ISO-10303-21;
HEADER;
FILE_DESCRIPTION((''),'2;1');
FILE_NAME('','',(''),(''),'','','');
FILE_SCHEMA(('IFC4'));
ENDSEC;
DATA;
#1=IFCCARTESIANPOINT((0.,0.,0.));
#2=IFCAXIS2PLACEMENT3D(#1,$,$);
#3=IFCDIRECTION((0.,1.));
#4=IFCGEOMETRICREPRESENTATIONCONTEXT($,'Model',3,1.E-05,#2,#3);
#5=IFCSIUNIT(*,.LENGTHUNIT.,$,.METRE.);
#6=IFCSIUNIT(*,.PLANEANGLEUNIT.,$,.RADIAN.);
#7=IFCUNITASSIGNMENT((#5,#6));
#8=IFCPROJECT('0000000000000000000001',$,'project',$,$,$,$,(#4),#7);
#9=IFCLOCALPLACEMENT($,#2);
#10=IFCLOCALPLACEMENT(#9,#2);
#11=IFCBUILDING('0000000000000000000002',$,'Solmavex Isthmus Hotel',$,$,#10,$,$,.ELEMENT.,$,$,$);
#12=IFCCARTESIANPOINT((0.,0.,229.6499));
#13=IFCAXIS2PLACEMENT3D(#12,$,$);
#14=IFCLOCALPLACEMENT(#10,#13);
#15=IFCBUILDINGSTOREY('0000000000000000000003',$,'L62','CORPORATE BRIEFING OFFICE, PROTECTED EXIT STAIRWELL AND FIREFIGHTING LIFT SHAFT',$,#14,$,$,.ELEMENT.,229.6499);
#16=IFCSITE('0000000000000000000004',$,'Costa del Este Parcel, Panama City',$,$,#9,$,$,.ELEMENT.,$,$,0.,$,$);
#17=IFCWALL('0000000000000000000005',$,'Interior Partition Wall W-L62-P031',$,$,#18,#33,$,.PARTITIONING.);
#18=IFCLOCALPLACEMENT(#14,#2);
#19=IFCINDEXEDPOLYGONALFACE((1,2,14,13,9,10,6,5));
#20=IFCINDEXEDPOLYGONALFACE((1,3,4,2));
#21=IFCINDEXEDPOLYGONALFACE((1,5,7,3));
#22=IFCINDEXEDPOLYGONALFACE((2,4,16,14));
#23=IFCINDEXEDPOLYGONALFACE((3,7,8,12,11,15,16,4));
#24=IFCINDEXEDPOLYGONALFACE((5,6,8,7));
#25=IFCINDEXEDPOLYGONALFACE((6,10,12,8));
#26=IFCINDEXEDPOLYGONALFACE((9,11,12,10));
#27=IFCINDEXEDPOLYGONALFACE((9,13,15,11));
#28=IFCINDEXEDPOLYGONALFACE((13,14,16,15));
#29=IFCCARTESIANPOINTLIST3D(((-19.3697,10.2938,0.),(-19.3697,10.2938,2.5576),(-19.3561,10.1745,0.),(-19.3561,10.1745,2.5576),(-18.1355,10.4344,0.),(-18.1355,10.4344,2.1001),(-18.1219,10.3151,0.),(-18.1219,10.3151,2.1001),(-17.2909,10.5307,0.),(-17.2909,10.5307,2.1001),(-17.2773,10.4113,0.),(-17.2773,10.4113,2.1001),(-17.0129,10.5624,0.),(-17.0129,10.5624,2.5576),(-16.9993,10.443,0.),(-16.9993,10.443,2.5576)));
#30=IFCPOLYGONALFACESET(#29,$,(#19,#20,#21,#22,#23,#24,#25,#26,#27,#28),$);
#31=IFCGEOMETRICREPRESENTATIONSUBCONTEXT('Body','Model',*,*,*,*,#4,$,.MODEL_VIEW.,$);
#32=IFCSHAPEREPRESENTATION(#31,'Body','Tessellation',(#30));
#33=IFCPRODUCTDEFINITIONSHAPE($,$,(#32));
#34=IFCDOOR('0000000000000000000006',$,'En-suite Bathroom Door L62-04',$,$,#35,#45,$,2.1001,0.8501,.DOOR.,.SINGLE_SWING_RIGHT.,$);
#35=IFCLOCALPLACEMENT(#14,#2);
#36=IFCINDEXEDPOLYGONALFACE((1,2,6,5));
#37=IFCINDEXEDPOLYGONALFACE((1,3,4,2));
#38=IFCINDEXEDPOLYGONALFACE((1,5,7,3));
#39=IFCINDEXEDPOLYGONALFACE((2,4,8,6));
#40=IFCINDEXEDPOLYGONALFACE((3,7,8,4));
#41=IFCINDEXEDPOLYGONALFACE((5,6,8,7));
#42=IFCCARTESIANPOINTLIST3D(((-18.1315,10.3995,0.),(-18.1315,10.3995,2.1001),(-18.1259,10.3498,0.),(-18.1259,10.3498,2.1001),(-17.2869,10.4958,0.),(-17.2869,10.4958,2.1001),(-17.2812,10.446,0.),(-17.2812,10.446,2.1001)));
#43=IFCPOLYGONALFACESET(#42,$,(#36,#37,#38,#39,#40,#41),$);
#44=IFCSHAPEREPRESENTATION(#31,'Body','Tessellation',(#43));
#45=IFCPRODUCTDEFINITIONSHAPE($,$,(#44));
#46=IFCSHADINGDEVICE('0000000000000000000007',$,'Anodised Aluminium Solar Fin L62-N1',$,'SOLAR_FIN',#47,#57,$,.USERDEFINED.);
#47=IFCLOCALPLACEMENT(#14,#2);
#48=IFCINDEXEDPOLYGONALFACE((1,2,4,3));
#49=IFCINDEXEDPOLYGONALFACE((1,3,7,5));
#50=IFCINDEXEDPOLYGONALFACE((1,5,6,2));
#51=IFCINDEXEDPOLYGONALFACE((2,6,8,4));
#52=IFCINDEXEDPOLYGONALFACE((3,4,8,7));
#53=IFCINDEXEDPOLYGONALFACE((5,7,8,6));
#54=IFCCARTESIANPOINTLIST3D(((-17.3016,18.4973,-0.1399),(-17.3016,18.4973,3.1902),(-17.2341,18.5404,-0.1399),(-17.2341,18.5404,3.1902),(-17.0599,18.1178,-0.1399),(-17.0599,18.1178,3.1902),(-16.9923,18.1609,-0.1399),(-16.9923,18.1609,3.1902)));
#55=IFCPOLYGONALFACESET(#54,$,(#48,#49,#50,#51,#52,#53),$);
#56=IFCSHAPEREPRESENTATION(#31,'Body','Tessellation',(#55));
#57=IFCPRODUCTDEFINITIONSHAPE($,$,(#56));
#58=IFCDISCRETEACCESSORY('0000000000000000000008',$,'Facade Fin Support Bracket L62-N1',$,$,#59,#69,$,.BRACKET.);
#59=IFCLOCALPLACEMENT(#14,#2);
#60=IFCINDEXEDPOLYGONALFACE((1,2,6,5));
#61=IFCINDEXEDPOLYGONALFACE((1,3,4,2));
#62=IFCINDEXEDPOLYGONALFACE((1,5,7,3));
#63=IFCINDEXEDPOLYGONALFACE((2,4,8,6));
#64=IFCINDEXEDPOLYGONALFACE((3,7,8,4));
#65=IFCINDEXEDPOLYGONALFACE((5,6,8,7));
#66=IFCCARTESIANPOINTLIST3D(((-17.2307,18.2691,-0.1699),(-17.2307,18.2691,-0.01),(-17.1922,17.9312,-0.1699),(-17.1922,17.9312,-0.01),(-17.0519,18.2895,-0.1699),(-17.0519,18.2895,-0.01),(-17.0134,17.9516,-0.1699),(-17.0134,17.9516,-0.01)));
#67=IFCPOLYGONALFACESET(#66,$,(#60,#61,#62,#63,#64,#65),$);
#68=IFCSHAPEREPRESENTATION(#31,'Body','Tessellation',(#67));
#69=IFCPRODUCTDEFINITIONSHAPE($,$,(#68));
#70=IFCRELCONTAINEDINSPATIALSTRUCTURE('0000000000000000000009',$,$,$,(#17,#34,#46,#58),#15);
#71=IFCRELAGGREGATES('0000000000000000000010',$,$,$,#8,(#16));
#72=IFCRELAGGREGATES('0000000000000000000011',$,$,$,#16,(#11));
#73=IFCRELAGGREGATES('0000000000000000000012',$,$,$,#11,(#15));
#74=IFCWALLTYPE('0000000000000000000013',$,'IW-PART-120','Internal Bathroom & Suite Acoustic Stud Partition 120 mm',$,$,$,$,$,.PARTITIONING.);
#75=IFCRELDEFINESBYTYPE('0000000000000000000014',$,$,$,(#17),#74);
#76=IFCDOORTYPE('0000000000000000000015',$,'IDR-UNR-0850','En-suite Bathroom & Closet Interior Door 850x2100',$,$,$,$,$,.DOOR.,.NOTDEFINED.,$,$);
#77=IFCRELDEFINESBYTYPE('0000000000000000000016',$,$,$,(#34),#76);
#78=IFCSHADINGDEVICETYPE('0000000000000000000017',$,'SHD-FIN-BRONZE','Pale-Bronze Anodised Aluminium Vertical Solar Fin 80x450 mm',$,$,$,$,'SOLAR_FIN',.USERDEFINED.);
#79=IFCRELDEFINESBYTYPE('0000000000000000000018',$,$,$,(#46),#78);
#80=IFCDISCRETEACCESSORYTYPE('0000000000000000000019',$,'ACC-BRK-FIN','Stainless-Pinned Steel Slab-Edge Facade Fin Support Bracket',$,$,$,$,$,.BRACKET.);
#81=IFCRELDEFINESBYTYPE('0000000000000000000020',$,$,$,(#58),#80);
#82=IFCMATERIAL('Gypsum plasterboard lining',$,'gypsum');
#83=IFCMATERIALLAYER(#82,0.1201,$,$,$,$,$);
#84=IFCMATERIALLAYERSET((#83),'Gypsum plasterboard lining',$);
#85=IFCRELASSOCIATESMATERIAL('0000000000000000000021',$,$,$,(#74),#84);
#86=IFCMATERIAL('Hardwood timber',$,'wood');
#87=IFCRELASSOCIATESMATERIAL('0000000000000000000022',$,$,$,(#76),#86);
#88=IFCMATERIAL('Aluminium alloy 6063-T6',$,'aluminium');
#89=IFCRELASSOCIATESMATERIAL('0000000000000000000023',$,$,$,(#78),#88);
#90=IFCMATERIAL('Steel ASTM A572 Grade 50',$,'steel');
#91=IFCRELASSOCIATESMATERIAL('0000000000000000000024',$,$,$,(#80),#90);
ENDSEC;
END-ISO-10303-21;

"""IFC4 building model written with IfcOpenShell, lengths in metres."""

from ifc_helpers import new_model, si_unit, direction, frame, frame_2d, origin, origin_2d, place, context, subcontext, project, spatial, rectangle, extrude, material, layer, layer_set, type_object, element, fill, save


model = new_model("IFC4")

# Units and contexts
model_context = context("Model", 3, precision=1e-05, world=origin(), true_north=direction((0.0, 1.0)))
body_context = subcontext(model_context, "Body", "Model", "MODEL_VIEW")
ifc_project = project(units=[si_unit("LENGTHUNIT", "METRE"), si_unit("PLANEANGLEUNIT", "RADIAN")], contexts=[model_context])

# Site, building, storey
site_placement = place(None, origin())
site = spatial("IfcSite", under=ifc_project, at=site_placement, Name="Costa del Este Parcel, Panama City", CompositionType="ELEMENT", RefElevation=0.0)
building_placement = place(site_placement, origin())
building = spatial("IfcBuilding", under=site, at=building_placement, Name="Solmavex Isthmus Hotel", CompositionType="ELEMENT")
storey_placement = place(building_placement, frame((0.0, 0.0, 229.6499)))
storey = spatial("IfcBuildingStorey", under=building, at=storey_placement, Name="L62", Description="CORPORATE BRIEFING OFFICE, PROTECTED EXIT STAIRWELL AND FIREFIGHTING LIFT SHAFT", CompositionType="ELEMENT", Elevation=229.6499)

# Shared definitions
ifc_material_1 = material(Name="Aluminium alloy 6063-T6", Category="aluminium")

# Shared definitions
ifc_material_2 = material(Name="Gypsum plasterboard lining", Category="gypsum")
ifc_material_3 = material(Name="Hardwood timber", Category="wood")

# Wall, opening, door
ifc_layer_1 = layer(ifc_material_2, 0.1201)
ifc_layer_set_1 = layer_set([ifc_layer_1], Name="Gypsum plasterboard lining")
wall_type_1 = type_object("IfcWallType", Name="IW-PART-120", Description="Internal Bathroom & Suite Acoustic Stud Partition 120 mm", PredefinedType="PARTITIONING", material=ifc_layer_set_1)
wall_1_placement = place(storey_placement, frame((-17.0061, 10.5027, 0.0), z_axis=(0.0, 0.0, 1.0), x_axis=(-0.993571, -0.11321, 0.0)))
wall_1 = element("IfcWall", 1, at=wall_1_placement, inside=storey, type_object=wall_type_1, Name="Interior Partition Wall W-L62-P031", PredefinedType="PARTITIONING", context=body_context, shape_type="SweptSolid", body=[
    extrude(rectangle(XDim=2.3721, YDim=0.1201, at=frame_2d((1.186, 0.0))), origin(), (0.0, 0.0, 1.0), 2.5576),
])
opening_1_placement = place(wall_1_placement, frame((0.2798, 0.0, 0.0)))
opening_1 = element("IfcOpeningElement", 2, at=opening_1_placement, cuts=wall_1, PredefinedType="OPENING", context=body_context, shape_type="SweptSolid", body=[
    extrude(rectangle(XDim=0.8501, YDim=2.1001, at=frame_2d((0.425, 1.05))), frame((0.0, 0.0701, 0.0), z_axis=(0.0, -1.0, 0.0), x_axis=(1.0, 0.0, 0.0)), (0.0, 0.0, 1.0), 0.1401),
])
door_type_1 = type_object("IfcDoorType", Name="IDR-UNR-0850", Description="En-suite Bathroom & Closet Interior Door 850x2100", OperationType="NOTDEFINED", PredefinedType="DOOR", material=ifc_material_3)
door_1_placement = place(opening_1_placement, frame((0.8501, 0.0, 0.0), z_axis=(0.0, 0.0, 1.0), x_axis=(-1.0, 0.0, 0.0)))
door_1 = element("IfcDoor", 3, at=door_1_placement, inside=storey, type_object=door_type_1, Name="En-suite Bathroom Door L62-04", OperationType="SINGLE_SWING_RIGHT", OverallHeight=2.1001, OverallWidth=0.8501, PredefinedType="DOOR", context=body_context, shape_type="SweptSolid", body=[
    extrude(rectangle(XDim=0.8501, YDim=2.1001, at=frame_2d((0.425, 1.05))), frame((0.0, 0.0249, 0.0), z_axis=(0.0, -1.0, 0.0), x_axis=(1.0, 0.0, 0.0)), (0.0, 0.0, 1.0), 0.05),
])
fill(opening_1, door_1)

# Shading device
shading_device_type = type_object("IfcShadingDeviceType", Name="SHD-FIN-BRONZE", Description="Pale-Bronze Anodised Aluminium Vertical Solar Fin 80x450 mm", ElementType="SOLAR_FIN", PredefinedType="USERDEFINED", material=ifc_material_1)
shading_device_placement = place(storey_placement, frame((-17.147, 18.3291, -0.1399), z_axis=(0.0, 0.0, 1.0), x_axis=(-0.5373, 0.843391, 0.0)))
element("IfcShadingDevice", 4, at=shading_device_placement, inside=storey, type_object=shading_device_type, Name="Anodised Aluminium Solar Fin L62-N1", ObjectType="SOLAR_FIN", PredefinedType="USERDEFINED", context=body_context, shape_type="SweptSolid", body=[
    extrude(rectangle(XDim=0.45, YDim=0.0801, at=origin_2d()), origin(), (0.0, 0.0, 1.0), 3.3301),
])

# Discrete accessory
ifc_material_4 = material(Name="Steel ASTM A572 Grade 50", Category="steel")
discrete_accessory_type = type_object("IfcDiscreteAccessoryType", Name="ACC-BRK-FIN", Description="Stainless-Pinned Steel Slab-Edge Facade Fin Support Bracket", PredefinedType="BRACKET", material=ifc_material_4)
discrete_accessory_placement = place(storey_placement, frame((-17.1221, 18.1104, -0.1699), z_axis=(0.0, 0.0, 1.0), x_axis=(-0.113203, 0.993572, 0.0)))
element("IfcDiscreteAccessory", 5, at=discrete_accessory_placement, inside=storey, type_object=discrete_accessory_type, Name="Facade Fin Support Bracket L62-N1", PredefinedType="BRACKET", context=body_context, shape_type="SweptSolid", body=[
    extrude(rectangle(XDim=0.3401, YDim=0.1799, at=origin_2d()), origin(), (0.0, 0.0, 1.0), 0.1599),
])

save(model, "model.ifc")
